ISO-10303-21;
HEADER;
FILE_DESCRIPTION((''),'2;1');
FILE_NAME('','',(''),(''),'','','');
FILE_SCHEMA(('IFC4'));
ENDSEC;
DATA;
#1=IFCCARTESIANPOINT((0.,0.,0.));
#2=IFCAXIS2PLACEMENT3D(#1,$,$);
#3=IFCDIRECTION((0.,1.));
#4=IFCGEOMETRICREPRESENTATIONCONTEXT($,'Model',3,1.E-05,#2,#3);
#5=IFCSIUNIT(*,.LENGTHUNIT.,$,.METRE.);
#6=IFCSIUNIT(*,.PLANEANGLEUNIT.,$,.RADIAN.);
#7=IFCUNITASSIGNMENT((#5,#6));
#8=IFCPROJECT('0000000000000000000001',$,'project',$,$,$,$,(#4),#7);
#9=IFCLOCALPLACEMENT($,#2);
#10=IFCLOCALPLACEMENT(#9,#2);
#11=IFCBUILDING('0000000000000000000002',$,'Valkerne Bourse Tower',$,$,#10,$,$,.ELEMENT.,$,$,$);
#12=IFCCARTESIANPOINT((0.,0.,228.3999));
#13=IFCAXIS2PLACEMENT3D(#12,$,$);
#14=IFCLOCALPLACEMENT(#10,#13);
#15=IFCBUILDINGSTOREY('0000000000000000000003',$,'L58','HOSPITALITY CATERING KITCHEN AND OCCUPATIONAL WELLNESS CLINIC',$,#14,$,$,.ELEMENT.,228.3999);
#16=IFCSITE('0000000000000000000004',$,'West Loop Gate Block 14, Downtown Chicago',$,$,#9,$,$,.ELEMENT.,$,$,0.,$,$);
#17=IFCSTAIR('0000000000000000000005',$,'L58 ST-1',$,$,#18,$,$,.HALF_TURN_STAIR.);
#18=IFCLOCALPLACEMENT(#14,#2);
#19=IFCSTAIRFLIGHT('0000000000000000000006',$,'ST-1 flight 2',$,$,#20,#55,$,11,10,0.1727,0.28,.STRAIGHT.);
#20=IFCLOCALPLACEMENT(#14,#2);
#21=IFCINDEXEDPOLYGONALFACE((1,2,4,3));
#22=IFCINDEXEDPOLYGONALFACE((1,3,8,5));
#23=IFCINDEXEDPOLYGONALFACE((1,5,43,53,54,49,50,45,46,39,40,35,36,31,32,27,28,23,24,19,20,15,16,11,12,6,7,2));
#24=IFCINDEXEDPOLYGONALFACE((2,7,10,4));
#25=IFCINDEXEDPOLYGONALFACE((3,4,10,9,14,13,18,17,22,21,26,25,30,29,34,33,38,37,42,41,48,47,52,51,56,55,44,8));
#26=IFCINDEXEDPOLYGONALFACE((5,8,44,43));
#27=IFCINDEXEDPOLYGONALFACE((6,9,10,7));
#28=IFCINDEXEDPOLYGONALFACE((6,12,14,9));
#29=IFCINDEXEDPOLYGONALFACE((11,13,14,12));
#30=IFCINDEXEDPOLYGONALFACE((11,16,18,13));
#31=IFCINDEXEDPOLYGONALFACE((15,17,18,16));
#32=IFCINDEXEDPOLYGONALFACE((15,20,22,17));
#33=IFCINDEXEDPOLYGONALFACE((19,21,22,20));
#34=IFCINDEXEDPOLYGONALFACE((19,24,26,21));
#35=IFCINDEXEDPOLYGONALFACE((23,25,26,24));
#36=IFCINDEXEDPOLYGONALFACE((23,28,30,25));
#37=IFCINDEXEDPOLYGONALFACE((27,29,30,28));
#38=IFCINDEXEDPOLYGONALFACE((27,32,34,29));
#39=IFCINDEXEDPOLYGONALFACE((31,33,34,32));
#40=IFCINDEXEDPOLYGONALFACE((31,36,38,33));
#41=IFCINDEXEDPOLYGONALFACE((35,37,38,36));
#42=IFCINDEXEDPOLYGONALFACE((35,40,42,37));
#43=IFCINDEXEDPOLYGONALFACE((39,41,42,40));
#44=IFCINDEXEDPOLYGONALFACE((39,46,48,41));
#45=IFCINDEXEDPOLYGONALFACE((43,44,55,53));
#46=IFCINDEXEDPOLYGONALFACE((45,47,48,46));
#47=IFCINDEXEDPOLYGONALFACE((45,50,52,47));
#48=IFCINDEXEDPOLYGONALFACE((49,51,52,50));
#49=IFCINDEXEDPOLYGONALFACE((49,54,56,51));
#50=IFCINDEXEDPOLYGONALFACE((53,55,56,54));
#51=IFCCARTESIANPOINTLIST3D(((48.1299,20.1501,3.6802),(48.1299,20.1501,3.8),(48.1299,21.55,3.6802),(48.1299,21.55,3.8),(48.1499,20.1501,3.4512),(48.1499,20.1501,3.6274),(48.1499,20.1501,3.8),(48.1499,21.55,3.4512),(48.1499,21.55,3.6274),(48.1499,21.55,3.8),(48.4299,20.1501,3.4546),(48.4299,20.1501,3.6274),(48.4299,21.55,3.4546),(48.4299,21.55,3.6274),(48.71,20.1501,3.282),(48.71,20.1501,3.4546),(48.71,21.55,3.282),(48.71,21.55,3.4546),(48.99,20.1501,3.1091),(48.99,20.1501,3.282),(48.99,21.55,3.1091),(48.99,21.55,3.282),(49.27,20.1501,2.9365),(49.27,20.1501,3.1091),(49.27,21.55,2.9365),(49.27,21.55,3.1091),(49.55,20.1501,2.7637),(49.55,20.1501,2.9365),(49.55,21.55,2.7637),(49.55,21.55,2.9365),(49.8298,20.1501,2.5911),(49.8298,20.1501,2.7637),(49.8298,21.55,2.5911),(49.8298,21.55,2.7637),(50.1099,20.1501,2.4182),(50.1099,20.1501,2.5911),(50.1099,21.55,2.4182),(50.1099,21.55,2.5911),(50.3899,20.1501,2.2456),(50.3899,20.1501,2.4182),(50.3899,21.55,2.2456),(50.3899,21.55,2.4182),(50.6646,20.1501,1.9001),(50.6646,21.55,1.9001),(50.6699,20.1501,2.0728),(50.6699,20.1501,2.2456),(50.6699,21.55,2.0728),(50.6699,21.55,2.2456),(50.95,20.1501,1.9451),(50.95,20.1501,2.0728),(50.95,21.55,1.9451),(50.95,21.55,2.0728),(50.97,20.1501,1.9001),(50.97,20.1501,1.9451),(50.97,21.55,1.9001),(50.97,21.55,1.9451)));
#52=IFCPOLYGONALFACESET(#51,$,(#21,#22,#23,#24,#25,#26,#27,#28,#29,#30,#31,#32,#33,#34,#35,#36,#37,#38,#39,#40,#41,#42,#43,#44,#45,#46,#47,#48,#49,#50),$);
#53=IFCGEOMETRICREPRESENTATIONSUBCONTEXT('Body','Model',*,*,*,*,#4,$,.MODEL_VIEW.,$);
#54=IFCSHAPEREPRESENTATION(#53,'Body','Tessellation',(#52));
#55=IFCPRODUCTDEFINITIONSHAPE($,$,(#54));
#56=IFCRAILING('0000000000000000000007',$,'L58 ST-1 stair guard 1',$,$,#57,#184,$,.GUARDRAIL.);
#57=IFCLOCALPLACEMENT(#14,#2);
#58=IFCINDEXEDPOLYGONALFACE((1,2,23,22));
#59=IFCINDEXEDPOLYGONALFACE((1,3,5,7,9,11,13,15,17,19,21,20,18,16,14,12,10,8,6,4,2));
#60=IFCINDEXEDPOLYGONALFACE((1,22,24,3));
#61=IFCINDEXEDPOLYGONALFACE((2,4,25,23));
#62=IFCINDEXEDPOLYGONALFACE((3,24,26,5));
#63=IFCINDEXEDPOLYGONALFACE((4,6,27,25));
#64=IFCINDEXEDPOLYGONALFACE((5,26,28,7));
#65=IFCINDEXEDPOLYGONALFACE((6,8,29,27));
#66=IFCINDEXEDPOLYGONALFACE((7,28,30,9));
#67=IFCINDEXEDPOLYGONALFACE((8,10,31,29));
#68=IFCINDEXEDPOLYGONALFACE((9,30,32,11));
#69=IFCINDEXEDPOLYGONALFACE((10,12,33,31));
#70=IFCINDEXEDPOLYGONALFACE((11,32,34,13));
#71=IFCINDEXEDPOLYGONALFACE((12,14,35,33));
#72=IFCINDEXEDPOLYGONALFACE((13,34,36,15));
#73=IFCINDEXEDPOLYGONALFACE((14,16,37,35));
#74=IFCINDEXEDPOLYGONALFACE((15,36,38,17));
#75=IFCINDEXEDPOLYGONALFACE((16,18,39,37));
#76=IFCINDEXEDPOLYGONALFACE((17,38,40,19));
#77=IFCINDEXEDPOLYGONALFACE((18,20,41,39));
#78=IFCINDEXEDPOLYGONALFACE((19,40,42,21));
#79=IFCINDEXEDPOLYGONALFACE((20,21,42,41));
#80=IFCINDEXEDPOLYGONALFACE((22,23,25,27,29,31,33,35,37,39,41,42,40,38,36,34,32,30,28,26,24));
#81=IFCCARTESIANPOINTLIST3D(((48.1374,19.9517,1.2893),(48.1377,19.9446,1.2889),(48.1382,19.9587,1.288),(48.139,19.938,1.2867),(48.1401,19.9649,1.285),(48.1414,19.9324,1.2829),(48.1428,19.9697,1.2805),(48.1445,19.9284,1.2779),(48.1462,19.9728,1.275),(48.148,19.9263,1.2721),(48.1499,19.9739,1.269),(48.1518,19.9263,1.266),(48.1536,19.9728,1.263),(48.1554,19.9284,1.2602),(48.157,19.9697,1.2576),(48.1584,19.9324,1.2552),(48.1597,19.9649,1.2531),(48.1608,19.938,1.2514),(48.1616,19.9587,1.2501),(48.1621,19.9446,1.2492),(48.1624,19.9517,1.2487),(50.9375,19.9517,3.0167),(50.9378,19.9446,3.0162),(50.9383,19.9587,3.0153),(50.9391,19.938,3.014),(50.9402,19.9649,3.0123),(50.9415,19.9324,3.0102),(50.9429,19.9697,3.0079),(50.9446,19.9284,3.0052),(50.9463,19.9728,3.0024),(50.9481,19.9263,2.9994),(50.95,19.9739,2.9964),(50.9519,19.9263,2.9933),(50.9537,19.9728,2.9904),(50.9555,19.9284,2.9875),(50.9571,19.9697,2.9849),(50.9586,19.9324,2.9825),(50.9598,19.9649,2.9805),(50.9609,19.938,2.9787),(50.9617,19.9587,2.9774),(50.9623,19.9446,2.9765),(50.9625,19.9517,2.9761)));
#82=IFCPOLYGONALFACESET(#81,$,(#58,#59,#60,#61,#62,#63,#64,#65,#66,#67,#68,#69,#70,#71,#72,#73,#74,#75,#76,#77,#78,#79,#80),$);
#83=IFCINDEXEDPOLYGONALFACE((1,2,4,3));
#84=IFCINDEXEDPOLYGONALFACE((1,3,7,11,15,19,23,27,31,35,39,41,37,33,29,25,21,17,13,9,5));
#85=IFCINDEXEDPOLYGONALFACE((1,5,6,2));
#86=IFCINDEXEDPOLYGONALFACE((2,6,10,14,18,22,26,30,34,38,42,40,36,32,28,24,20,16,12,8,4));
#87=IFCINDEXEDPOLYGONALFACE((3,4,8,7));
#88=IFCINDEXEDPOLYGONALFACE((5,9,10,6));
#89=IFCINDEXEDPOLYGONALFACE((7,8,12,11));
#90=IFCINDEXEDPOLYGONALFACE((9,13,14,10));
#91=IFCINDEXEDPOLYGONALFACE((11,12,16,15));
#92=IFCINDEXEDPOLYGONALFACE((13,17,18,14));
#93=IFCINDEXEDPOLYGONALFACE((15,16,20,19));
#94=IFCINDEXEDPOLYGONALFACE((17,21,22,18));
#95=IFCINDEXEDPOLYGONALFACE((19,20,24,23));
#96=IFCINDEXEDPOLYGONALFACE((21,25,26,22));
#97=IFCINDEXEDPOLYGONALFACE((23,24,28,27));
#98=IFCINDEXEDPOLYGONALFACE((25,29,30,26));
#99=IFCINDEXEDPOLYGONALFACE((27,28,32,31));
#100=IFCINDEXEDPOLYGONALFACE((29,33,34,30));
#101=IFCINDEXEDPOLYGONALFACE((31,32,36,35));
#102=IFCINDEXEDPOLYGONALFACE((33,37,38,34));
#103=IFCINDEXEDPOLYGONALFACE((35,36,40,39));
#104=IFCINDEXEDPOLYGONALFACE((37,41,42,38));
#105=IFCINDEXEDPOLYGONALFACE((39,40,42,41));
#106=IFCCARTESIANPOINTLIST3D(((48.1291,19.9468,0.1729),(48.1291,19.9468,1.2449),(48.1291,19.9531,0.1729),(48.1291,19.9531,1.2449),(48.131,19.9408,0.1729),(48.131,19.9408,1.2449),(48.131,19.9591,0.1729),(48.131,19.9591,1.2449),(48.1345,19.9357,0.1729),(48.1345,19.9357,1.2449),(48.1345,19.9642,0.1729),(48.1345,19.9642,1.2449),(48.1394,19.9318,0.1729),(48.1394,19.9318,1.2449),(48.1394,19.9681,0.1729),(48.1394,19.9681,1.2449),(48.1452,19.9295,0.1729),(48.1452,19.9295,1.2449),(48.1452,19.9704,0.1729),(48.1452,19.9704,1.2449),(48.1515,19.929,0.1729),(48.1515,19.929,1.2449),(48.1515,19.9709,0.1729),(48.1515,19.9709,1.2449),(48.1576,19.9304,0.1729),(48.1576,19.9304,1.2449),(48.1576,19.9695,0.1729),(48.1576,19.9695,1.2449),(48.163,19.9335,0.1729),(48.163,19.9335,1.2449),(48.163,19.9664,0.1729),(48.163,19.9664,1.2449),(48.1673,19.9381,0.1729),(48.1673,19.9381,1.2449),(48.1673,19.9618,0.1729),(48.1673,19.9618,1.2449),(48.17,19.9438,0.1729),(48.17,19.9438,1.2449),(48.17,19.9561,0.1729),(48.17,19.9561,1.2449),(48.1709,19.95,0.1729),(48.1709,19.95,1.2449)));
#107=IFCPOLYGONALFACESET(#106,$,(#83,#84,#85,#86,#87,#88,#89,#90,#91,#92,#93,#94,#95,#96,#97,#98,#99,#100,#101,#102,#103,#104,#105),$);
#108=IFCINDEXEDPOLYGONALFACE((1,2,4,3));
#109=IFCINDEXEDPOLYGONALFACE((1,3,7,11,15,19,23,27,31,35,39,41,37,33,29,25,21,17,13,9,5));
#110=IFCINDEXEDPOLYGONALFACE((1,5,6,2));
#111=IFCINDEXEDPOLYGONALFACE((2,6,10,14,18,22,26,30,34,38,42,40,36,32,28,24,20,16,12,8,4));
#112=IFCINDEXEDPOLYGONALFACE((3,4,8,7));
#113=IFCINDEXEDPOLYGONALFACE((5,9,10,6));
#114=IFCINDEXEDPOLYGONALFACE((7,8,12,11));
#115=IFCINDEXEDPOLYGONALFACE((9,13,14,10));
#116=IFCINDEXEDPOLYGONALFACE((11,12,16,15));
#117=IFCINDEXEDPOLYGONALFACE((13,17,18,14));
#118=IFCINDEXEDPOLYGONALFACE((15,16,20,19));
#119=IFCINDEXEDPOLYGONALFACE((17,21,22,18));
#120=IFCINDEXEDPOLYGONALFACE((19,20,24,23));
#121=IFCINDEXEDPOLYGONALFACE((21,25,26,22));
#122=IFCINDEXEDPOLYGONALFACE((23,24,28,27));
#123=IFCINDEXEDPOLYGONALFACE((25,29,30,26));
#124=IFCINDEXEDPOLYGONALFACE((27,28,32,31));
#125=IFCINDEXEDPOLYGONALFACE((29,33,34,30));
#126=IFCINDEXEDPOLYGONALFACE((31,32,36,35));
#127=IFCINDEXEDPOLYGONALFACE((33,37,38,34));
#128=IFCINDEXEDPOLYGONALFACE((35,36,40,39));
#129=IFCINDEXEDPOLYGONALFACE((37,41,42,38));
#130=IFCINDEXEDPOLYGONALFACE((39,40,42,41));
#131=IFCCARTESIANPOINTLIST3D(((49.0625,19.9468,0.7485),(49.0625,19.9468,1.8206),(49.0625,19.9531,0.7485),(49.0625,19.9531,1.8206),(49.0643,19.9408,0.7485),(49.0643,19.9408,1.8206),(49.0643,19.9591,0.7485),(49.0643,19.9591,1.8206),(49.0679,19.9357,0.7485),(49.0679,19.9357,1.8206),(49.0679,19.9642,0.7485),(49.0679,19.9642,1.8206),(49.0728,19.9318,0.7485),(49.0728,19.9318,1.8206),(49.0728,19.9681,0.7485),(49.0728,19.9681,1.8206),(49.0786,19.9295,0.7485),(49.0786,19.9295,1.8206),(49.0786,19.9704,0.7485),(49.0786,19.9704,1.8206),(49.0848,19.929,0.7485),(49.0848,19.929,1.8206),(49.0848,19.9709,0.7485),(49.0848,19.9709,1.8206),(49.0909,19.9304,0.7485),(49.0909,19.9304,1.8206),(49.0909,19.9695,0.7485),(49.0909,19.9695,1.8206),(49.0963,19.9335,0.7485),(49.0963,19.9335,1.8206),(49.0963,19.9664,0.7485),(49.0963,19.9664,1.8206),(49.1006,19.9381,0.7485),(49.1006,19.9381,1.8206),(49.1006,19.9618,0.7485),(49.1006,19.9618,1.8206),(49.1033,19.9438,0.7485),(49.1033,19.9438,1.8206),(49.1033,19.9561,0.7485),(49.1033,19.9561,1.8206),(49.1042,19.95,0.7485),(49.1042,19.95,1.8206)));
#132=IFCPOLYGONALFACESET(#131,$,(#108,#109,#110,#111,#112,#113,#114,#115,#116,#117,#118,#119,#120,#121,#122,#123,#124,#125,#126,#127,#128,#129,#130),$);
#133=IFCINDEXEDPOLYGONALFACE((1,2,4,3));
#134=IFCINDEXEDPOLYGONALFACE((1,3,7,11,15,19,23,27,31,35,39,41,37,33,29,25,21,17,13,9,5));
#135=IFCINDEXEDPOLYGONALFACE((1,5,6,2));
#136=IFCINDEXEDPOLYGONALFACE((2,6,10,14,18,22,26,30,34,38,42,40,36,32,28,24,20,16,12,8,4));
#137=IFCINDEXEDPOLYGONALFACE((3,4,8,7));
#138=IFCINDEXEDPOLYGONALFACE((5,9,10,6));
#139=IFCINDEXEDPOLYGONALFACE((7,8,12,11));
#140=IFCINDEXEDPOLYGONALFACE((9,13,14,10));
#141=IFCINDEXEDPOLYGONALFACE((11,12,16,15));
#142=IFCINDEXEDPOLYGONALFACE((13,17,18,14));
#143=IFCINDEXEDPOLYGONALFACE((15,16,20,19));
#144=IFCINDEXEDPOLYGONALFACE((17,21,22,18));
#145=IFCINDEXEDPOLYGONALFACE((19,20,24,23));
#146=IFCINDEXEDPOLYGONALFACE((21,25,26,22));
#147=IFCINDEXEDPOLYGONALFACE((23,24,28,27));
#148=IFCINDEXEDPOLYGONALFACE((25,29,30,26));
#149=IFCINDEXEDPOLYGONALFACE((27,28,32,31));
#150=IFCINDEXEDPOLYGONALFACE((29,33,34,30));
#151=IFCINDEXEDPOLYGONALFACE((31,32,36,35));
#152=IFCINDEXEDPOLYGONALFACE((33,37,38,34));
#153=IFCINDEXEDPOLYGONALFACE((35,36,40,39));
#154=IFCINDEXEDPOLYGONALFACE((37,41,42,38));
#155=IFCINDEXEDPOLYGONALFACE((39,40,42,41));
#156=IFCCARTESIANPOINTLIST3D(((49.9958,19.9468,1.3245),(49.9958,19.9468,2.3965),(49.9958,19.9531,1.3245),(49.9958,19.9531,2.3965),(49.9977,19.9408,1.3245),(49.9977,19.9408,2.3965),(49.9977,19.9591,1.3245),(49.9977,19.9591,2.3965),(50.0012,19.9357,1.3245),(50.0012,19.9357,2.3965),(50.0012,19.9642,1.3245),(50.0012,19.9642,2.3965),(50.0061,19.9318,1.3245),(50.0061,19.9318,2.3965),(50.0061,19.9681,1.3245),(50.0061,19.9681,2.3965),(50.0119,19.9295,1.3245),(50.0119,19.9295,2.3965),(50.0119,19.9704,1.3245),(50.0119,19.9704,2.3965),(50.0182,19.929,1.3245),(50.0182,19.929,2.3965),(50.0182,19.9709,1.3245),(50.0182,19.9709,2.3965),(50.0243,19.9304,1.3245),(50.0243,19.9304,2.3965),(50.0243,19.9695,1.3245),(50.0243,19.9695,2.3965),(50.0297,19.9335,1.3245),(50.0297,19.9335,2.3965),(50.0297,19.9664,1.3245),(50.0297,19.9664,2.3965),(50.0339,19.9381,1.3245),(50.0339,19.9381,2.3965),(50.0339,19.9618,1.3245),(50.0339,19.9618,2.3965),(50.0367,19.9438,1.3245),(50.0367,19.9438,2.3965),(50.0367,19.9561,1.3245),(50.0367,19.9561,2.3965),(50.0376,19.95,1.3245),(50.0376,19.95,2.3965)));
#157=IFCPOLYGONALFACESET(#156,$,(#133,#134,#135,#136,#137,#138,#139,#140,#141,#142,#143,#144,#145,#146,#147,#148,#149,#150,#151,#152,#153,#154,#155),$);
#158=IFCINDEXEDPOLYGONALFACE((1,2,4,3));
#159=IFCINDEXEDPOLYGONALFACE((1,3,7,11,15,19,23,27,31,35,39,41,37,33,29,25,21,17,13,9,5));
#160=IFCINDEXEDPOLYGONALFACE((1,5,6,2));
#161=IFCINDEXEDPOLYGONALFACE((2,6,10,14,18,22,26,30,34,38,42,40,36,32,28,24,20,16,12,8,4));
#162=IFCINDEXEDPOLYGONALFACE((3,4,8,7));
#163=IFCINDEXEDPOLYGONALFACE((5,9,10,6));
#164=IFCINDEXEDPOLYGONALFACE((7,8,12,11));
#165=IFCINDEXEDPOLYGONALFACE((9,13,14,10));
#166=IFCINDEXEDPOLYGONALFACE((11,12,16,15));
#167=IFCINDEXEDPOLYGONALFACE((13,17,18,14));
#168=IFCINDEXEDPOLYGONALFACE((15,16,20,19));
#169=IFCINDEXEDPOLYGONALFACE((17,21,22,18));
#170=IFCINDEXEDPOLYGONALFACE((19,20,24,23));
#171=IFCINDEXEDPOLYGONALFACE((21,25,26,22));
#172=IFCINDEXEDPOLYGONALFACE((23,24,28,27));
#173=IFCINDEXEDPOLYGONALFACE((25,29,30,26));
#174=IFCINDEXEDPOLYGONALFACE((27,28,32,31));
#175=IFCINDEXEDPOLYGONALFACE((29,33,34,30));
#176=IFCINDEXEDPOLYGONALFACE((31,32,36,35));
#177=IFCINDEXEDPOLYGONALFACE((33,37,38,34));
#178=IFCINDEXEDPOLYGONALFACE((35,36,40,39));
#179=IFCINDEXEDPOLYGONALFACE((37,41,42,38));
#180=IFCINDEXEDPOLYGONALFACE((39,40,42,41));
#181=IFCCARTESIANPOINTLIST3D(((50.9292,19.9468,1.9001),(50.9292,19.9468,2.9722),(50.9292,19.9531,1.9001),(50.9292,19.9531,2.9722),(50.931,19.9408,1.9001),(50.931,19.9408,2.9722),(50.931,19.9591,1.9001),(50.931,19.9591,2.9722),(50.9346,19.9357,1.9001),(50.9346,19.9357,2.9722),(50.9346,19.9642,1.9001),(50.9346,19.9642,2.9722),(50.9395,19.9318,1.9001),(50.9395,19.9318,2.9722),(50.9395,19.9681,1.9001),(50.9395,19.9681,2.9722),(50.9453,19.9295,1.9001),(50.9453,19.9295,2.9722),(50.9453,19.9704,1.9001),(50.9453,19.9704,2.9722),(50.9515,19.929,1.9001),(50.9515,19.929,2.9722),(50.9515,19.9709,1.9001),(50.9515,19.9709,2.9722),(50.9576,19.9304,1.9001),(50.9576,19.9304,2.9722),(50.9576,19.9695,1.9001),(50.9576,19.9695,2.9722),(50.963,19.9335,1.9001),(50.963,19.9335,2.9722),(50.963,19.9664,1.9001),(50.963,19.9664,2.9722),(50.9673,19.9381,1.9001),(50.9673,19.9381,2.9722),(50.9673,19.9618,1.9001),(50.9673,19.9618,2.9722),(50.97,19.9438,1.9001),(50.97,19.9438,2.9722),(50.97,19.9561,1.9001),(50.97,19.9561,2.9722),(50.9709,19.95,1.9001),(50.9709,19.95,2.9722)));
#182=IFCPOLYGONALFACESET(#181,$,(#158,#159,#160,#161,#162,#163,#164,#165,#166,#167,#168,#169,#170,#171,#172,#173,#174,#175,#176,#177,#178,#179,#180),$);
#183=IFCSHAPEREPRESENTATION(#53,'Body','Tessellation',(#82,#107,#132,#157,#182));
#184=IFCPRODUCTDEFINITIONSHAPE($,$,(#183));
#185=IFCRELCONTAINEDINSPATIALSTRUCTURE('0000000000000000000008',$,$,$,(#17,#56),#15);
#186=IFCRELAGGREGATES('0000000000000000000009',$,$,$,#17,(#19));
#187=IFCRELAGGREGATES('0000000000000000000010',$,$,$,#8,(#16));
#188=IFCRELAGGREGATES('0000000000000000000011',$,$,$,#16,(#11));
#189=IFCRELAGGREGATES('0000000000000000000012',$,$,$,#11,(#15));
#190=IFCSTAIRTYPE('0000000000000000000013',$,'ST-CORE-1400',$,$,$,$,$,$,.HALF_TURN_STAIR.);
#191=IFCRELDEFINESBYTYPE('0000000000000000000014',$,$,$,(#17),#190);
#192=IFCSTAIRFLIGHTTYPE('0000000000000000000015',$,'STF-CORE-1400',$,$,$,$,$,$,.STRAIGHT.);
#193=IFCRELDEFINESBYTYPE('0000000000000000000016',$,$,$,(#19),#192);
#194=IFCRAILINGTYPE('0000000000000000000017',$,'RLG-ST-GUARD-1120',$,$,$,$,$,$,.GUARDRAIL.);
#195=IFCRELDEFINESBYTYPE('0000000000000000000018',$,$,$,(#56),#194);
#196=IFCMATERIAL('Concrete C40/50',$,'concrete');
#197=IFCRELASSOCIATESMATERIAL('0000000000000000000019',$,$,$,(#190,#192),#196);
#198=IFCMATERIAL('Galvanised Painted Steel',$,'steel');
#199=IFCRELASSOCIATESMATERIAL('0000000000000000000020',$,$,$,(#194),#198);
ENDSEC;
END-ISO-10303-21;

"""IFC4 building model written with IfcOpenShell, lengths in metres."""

from ifc_helpers import new_model, si_unit, direction, frame, origin, origin_2d, place, context, subcontext, project, spatial, polyline, circle, outline, extrude, material, type_object, element, aggregate, save


model = new_model("IFC4")

# Units and contexts
model_context = context("Model", 3, precision=1e-05, world=origin(), true_north=direction((0.0, 1.0)))
body_context = subcontext(model_context, "Body", "Model", "MODEL_VIEW")
ifc_project = project(units=[si_unit("LENGTHUNIT", "METRE"), si_unit("PLANEANGLEUNIT", "RADIAN")], contexts=[model_context])

# Site, building, storey
site_placement = place(None, origin())
site = spatial("IfcSite", under=ifc_project, at=site_placement, Name="West Loop Gate Block 14, Downtown Chicago", CompositionType="ELEMENT", RefElevation=0.0)
building_placement = place(site_placement, origin())
building = spatial("IfcBuilding", under=site, at=building_placement, Name="Valkerne Bourse Tower", CompositionType="ELEMENT")
storey_placement = place(building_placement, frame((0.0, 0.0, 228.3999)))
storey = spatial("IfcBuildingStorey", under=building, at=storey_placement, Name="L58", Description="HOSPITALITY CATERING KITCHEN AND OCCUPATIONAL WELLNESS CLINIC", CompositionType="ELEMENT", Elevation=228.3999)

# Shared definitions
ifc_material_1 = material(Name="Galvanised Painted Steel", Category="steel")

# Shared definitions
ifc_material_2 = material(Name="Concrete C40/50", Category="concrete")

# Stair, stair flight
stair_type = type_object("IfcStairType", Name="ST-CORE-1400", PredefinedType="HALF_TURN_STAIR", material=ifc_material_2)
stair_placement = place(storey_placement, origin())
stair = element("IfcStair", 1, at=stair_placement, inside=storey, type_object=stair_type, Name="L58 ST-1", PredefinedType="HALF_TURN_STAIR")
stair_flight_type = type_object("IfcStairFlightType", Name="STF-CORE-1400", PredefinedType="STRAIGHT", material=ifc_material_2)
stair_flight_1_placement = place(storey_placement, frame((50.95, 20.8501, 1.9001), z_axis=(0.0, 0.0, 1.0), x_axis=(-1.0, 0.0, 0.0)))
stair_flight_1 = element("IfcStairFlight", 2, at=stair_flight_1_placement, type_object=stair_flight_type, Name="ST-1 flight 2", NumberOfRisers=11, NumberOfTreads=10, PredefinedType="STRAIGHT", RiserHeight=0.1727, TreadLength=0.28, context=body_context, shape_type="SweptSolid", body=[
    extrude(outline(polyline([(-0.02, 0.0), (-0.02, 0.0449), (0.0, 0.0449), (0.0, 0.1726), (0.28, 0.1726), (0.28, 0.3455), (0.5601, 0.3455), (0.5601, 0.5181), (0.8401, 0.5181), (0.8401, 0.6909), (1.1201, 0.6909), (1.1201, 0.8635), (1.3999, 0.8635), (1.3999, 1.0364), (1.6799, 1.0364), (1.6799, 1.209), (1.96, 1.209), (1.96, 1.3818), (2.24, 1.3818), (2.24, 1.5544), (2.52, 1.5544), (2.52, 1.7273), (2.8, 1.7273), (2.8, 1.8999), (2.8201, 1.8999), (2.8201, 1.78), (2.8, 1.551), (0.2854, 0.0), (-0.02, 0.0)])), frame((0.0, 0.7, 0.0), z_axis=(0.0, -1.0, 0.0), x_axis=(1.0, 0.0, 0.0)), (0.0, 0.0, 1.0), 1.3999),
])
aggregate(stair, [stair_flight_1])

# Railing
railing_type_1 = type_object("IfcRailingType", Name="RLG-ST-GUARD-1120", PredefinedType="GUARDRAIL", material=ifc_material_1)
railing_1_placement = place(storey_placement, frame((48.1499, 19.95, 0.1729)))
element("IfcRailing", 3, at=railing_1_placement, inside=storey, type_object=railing_type_1, Name="L58 ST-1 stair guard 1", PredefinedType="GUARDRAIL", context=body_context, shape_type="SweptSolid", body=[
    extrude(circle(Radius=0.0239, at=origin_2d()), frame((0.0, 0.0, 1.0962), z_axis=(0.85109, 0.0, 0.52502), x_axis=(0.0, 1.0, 0.0)), (0.0, 0.0, 1.0), 3.29),
    extrude(circle(Radius=0.021, at=origin_2d()), origin(), (0.0, 0.0, 1.0), 1.072),
    extrude(circle(Radius=0.021, at=origin_2d()), frame((0.9333, 0.0, 0.5757)), (0.0, 0.0, 1.0), 1.072),
    extrude(circle(Radius=0.021, at=origin_2d()), frame((1.8667, 0.0, 1.1516)), (0.0, 0.0, 1.0), 1.072),
    extrude(circle(Radius=0.021, at=origin_2d()), frame((2.8, 0.0, 1.7273)), (0.0, 0.0, 1.0), 1.072),
])

save(model, "model.ifc")
